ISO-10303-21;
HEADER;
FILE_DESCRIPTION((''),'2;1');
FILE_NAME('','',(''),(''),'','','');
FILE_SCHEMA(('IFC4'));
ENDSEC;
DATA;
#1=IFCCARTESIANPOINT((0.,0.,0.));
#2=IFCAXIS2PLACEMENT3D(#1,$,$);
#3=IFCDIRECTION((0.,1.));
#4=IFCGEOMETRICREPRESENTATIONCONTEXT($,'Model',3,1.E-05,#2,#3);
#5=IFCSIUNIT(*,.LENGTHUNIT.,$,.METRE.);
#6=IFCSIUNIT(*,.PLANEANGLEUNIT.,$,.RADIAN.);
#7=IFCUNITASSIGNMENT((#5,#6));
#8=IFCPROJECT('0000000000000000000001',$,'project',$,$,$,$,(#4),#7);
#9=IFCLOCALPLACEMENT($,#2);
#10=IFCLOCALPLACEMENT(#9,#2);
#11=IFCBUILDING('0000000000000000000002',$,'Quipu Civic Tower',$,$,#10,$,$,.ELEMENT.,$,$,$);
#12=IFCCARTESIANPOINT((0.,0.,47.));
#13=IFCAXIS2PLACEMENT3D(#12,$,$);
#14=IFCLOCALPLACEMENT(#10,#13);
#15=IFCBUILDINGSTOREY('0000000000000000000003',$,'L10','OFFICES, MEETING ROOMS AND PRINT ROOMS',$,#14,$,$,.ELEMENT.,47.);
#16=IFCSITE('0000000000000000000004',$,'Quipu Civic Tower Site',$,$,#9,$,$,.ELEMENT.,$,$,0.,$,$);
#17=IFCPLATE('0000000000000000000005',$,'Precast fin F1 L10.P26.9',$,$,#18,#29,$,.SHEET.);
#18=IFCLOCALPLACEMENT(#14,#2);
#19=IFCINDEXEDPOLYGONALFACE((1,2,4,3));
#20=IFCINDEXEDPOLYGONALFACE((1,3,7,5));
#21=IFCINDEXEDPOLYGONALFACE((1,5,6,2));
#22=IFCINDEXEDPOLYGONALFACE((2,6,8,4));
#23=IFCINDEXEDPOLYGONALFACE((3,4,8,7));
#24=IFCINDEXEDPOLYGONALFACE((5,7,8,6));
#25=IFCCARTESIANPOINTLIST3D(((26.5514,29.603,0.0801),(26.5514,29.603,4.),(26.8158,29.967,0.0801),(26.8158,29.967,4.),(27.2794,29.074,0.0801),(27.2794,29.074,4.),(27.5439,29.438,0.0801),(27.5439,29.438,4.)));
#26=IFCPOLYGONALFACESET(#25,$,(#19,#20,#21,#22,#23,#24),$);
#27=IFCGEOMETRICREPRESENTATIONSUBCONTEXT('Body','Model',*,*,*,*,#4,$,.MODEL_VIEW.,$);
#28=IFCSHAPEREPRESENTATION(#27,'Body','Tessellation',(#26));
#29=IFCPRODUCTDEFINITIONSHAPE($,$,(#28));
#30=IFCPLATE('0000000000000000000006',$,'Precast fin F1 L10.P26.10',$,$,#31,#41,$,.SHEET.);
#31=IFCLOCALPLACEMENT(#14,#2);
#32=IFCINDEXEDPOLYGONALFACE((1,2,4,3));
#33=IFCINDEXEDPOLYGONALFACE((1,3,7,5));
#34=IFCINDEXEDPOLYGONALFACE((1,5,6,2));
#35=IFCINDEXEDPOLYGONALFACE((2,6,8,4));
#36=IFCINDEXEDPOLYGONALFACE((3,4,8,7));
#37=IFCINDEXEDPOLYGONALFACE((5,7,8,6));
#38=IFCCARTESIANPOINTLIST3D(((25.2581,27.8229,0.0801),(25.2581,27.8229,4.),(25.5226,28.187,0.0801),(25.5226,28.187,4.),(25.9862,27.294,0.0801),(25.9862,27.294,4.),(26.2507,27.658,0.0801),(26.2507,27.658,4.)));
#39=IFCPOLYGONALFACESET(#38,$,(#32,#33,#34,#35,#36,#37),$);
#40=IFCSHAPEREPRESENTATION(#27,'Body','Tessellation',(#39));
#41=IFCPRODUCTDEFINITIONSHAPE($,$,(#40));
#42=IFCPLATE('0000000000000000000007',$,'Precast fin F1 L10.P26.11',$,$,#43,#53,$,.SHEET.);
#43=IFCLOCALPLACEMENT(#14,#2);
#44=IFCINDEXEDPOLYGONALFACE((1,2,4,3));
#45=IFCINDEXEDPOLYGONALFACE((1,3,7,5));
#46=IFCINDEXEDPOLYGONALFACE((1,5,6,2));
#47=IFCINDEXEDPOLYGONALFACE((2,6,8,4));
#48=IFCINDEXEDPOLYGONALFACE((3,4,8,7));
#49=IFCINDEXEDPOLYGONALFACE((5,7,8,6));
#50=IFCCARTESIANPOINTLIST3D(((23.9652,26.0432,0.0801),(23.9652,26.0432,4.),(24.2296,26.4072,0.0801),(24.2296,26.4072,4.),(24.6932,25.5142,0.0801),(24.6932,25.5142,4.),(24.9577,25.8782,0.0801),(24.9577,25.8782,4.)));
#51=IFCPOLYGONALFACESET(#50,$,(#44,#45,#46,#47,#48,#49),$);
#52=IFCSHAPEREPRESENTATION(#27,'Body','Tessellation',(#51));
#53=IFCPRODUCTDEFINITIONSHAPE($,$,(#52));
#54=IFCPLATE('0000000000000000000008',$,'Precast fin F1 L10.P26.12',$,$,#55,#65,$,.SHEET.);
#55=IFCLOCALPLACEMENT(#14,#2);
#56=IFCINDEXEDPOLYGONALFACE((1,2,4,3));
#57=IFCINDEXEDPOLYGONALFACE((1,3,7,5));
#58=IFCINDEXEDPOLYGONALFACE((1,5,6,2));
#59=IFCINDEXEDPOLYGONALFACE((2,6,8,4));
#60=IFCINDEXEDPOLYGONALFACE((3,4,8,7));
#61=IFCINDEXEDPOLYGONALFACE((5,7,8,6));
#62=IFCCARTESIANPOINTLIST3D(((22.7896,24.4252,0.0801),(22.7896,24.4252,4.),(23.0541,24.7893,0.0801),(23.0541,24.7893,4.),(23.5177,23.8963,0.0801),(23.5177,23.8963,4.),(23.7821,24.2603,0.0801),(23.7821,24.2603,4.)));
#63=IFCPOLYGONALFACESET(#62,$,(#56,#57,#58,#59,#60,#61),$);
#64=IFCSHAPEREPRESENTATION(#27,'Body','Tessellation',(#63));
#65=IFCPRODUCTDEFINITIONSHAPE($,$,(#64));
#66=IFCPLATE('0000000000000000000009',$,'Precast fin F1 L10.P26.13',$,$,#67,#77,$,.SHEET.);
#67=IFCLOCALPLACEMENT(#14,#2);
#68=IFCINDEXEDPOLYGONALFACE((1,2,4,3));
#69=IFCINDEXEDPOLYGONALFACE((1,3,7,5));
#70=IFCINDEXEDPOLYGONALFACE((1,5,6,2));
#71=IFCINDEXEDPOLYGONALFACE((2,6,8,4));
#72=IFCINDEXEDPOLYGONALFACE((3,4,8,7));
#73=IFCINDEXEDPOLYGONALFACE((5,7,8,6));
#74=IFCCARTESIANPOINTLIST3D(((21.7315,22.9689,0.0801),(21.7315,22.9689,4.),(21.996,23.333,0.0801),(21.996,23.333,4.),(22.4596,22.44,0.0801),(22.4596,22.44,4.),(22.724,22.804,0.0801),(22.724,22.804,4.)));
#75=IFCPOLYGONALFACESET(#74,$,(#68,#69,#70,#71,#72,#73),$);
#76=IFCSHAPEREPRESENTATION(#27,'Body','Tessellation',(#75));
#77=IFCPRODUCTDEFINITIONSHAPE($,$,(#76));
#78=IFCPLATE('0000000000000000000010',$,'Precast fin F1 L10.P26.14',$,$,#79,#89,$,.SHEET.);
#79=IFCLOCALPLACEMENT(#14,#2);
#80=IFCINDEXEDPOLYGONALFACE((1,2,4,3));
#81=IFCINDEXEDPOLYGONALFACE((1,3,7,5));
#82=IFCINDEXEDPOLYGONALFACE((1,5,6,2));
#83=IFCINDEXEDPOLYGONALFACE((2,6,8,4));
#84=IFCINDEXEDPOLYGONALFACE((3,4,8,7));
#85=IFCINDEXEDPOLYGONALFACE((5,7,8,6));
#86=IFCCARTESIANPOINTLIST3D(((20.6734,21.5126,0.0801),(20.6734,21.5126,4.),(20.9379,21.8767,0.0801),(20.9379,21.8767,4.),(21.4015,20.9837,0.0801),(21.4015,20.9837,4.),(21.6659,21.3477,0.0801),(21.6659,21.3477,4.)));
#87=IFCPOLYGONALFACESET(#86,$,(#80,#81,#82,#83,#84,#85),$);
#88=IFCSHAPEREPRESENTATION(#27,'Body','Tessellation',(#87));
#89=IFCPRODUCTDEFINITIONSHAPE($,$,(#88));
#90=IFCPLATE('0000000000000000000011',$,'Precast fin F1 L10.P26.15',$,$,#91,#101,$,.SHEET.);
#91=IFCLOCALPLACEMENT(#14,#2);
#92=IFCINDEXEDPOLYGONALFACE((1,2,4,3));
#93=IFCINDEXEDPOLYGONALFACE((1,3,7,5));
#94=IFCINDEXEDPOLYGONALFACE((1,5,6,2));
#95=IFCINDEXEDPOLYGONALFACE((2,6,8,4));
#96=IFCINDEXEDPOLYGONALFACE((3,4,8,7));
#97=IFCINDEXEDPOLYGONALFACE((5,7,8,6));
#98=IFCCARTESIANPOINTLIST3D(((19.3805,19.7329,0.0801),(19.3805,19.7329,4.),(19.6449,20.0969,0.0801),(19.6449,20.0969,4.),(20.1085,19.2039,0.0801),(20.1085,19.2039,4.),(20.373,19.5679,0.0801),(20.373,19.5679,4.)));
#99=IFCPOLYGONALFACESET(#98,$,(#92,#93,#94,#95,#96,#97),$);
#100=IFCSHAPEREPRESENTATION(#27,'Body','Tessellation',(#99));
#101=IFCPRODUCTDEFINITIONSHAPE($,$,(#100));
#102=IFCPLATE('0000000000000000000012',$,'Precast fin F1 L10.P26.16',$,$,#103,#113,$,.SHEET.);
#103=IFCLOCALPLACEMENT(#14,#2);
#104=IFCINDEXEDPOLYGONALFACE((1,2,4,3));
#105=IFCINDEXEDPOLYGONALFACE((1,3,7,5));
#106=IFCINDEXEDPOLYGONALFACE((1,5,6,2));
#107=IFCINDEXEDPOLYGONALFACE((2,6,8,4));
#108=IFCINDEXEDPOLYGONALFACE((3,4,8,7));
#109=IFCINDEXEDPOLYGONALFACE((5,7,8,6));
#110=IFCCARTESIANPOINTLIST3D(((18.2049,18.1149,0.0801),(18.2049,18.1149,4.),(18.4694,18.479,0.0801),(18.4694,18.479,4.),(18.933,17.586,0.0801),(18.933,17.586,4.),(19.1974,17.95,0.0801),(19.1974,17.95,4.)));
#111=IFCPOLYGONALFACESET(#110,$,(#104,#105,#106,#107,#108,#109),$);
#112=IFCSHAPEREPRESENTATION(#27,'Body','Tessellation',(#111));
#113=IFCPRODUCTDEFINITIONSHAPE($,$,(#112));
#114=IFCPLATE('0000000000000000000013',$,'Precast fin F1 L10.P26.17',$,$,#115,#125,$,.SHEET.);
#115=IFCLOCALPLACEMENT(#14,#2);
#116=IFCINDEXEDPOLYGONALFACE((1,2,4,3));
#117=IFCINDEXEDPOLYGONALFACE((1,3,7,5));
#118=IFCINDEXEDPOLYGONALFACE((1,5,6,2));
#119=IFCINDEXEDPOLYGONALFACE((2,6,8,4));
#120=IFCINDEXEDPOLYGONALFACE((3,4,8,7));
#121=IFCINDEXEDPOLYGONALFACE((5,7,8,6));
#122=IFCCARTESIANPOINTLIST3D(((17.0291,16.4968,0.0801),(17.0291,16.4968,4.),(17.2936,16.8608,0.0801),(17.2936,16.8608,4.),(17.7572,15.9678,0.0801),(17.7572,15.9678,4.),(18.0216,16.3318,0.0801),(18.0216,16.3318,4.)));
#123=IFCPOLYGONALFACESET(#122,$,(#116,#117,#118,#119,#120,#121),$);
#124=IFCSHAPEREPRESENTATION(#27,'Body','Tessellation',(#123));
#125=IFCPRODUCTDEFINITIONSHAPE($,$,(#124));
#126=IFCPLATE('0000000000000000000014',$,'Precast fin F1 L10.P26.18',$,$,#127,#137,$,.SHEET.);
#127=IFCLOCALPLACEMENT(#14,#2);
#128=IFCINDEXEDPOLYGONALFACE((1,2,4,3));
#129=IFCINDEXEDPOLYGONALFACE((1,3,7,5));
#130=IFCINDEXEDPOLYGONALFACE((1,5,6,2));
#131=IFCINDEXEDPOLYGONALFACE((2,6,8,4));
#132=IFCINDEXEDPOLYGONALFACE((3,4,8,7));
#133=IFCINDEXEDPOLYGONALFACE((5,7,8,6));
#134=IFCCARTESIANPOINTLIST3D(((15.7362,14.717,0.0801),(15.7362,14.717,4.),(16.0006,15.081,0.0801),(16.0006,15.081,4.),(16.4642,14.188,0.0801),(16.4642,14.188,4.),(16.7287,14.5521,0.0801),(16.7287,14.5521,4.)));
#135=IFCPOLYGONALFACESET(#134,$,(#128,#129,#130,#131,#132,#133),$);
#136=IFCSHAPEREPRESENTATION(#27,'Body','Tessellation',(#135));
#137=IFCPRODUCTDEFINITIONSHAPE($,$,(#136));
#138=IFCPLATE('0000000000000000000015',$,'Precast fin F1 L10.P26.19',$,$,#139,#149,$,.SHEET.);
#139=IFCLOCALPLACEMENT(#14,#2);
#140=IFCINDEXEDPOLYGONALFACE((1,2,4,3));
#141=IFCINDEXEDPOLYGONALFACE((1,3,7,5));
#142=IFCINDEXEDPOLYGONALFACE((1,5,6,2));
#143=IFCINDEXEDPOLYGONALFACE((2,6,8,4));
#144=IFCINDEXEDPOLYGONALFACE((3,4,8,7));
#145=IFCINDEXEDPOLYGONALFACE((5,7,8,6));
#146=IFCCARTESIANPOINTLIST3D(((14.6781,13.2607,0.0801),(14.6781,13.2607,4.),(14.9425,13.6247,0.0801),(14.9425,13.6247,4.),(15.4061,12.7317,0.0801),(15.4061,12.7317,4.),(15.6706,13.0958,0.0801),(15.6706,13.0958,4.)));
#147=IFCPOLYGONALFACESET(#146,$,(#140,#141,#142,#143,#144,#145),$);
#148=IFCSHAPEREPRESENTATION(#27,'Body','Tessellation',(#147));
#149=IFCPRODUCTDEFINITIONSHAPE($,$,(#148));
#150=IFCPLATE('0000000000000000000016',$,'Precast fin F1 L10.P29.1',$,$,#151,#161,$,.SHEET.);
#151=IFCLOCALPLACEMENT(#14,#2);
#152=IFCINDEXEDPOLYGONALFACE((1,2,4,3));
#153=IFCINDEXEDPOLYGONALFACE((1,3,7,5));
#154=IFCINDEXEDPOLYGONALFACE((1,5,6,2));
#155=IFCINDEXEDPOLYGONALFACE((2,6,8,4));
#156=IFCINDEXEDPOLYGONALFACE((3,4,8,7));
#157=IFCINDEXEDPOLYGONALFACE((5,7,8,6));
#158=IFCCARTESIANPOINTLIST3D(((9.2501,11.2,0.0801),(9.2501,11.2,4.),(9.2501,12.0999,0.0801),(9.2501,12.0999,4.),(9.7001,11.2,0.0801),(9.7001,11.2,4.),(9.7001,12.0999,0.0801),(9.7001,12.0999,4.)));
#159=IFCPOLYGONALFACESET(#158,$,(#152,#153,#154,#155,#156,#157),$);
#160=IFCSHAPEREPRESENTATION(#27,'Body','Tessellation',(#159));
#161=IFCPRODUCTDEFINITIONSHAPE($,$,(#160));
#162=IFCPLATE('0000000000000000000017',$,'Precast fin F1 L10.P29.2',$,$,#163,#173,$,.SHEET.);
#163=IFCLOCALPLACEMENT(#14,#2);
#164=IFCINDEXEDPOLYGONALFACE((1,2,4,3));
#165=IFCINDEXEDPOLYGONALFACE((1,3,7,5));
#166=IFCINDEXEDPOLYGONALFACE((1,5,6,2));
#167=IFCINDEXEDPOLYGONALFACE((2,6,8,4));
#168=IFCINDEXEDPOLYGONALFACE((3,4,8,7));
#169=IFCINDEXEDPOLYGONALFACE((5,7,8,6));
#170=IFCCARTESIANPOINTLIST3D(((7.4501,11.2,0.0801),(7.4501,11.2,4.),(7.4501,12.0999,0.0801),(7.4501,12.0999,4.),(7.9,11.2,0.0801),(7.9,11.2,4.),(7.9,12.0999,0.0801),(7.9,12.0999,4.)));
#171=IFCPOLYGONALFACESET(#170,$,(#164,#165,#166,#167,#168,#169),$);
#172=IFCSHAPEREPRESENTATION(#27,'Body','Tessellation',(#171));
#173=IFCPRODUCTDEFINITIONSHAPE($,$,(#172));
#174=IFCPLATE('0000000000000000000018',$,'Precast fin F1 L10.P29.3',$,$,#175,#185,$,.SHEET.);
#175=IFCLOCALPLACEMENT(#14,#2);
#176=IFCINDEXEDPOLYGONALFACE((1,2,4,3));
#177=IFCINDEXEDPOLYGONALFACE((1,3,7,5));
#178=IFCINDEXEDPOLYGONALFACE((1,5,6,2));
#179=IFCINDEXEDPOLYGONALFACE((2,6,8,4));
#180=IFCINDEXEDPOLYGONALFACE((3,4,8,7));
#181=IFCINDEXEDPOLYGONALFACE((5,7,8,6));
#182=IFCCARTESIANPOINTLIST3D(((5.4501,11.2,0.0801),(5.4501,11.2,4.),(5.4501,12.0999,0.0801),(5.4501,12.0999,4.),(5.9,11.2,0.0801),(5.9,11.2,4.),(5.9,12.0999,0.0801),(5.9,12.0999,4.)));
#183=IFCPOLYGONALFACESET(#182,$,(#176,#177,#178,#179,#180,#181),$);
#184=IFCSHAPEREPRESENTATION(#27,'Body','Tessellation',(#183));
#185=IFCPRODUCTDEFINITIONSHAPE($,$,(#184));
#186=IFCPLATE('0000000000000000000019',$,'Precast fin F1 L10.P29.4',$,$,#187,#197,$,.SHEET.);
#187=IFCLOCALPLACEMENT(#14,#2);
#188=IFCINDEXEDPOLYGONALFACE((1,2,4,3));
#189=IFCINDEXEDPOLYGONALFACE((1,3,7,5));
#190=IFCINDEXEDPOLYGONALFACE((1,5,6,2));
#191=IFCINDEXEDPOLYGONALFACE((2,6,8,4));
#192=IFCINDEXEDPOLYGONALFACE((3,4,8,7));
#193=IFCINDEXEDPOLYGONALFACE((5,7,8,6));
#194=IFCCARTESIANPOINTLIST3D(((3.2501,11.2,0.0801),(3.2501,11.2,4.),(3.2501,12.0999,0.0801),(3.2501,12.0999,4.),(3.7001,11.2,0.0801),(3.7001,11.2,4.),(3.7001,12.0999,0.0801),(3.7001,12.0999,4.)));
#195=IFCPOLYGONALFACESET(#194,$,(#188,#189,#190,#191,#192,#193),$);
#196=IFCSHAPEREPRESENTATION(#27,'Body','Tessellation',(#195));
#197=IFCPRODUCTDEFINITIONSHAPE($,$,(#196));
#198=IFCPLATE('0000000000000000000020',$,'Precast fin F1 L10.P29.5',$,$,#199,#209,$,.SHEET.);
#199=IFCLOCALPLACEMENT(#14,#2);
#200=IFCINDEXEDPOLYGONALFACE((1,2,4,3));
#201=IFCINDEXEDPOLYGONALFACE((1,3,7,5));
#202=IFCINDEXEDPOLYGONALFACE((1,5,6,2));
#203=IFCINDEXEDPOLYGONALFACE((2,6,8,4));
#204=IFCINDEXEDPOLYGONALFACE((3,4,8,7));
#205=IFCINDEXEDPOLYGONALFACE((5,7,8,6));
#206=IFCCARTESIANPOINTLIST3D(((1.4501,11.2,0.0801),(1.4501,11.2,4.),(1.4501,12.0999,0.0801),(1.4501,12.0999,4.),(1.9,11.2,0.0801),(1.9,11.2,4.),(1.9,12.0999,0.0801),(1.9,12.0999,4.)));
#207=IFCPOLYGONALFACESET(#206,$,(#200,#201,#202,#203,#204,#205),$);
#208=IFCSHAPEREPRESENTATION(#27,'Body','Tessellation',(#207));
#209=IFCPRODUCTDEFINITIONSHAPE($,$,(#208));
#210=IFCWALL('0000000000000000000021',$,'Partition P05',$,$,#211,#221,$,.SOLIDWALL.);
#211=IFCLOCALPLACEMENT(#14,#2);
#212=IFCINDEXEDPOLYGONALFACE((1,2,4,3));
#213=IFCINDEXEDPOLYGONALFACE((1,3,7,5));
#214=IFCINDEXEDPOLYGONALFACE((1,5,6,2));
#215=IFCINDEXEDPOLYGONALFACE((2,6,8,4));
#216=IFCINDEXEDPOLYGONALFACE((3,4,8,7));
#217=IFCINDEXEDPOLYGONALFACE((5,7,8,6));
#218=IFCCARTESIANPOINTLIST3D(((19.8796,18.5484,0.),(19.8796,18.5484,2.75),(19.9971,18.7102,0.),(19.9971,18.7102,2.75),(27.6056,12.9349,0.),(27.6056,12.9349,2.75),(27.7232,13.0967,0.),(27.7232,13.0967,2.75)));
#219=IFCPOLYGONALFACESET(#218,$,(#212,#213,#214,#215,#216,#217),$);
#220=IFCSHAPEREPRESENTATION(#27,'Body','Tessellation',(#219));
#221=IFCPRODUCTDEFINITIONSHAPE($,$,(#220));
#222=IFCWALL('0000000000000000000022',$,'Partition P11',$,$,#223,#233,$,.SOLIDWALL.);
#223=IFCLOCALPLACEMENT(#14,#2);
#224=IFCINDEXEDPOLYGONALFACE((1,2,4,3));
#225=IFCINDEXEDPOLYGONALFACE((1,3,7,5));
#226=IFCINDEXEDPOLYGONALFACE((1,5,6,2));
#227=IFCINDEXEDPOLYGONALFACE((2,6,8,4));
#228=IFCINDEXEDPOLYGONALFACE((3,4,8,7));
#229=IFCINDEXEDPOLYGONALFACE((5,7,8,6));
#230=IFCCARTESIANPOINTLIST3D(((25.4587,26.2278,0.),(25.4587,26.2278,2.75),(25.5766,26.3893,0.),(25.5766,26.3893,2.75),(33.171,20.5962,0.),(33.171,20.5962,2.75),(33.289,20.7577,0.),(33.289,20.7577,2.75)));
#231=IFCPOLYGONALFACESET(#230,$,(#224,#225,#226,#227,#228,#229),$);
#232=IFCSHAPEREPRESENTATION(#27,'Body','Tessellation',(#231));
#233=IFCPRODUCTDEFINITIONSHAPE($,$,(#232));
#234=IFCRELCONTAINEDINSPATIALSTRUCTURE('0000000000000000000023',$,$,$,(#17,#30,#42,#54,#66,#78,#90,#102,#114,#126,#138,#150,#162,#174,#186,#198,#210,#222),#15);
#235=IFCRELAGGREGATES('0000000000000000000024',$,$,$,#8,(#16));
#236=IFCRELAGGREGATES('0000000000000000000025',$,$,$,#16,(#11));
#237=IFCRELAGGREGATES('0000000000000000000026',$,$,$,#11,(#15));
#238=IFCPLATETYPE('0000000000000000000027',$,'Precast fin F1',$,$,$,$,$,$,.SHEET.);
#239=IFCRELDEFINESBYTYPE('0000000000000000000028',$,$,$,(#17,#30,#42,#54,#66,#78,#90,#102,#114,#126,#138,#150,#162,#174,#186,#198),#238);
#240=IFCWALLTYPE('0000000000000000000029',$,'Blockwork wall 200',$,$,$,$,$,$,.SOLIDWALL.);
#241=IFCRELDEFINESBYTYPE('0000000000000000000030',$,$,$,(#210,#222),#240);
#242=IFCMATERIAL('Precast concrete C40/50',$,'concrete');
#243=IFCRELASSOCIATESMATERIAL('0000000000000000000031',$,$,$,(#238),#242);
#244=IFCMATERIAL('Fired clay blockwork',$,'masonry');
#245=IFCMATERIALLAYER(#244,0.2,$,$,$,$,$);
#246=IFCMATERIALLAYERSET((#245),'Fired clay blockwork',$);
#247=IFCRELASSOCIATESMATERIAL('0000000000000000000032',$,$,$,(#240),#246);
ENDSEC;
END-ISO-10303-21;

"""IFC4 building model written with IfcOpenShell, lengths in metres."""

from ifc_helpers import new_model, si_unit, direction, frame, frame_2d, origin, origin_2d, place, context, subcontext, project, spatial, rectangle, extrude, material, layer, layer_set, type_object, element, save


model = new_model("IFC4")

# Units and contexts
model_context = context("Model", 3, precision=1e-05, world=origin(), true_north=direction((0.0, 1.0)))
body_context = subcontext(model_context, "Body", "Model", "MODEL_VIEW")
ifc_project = project(units=[si_unit("LENGTHUNIT", "METRE"), si_unit("PLANEANGLEUNIT", "RADIAN")], contexts=[model_context])

# Site, building, storey
site_placement = place(None, origin())
site = spatial("IfcSite", under=ifc_project, at=site_placement, Name="Quipu Civic Tower Site", CompositionType="ELEMENT", RefElevation=0.0)
building_placement = place(site_placement, origin())
building = spatial("IfcBuilding", under=site, at=building_placement, Name="Quipu Civic Tower", CompositionType="ELEMENT")
storey_placement = place(building_placement, frame((0.0, 0.0, 47.0)))
storey = spatial("IfcBuildingStorey", under=building, at=storey_placement, Name="L10", Description="OFFICES, MEETING ROOMS AND PRINT ROOMS", CompositionType="ELEMENT", Elevation=47.0)

# Plates
ifc_material_1 = material(Name="Precast concrete C40/50", Category="concrete")
plate_type_1 = type_object("IfcPlateType", Name="Precast fin F1", PredefinedType="SHEET", material=ifc_material_1)
for number, where, z_axis, x_axis, name in (
    (1, (27.0476, 29.5205, 0.0801), (0.0, 0.0, 1.0), (-0.587785, -0.809017, 0.0), "Precast fin F1 L10.P26.9"),
    (2, (25.7544, 27.7405, 0.0801), (0.0, 0.0, 1.0), (-0.587785, -0.809017, 0.0), "Precast fin F1 L10.P26.10"),
    (3, (24.4614, 25.9607, 0.0801), (0.0, 0.0, 1.0), (-0.587785, -0.809017, 0.0), "Precast fin F1 L10.P26.11"),
    (4, (23.2859, 24.3428, 0.0801), (0.0, 0.0, 1.0), (-0.587785, -0.809017, 0.0), "Precast fin F1 L10.P26.12"),
    (5, (22.2278, 22.8865, 0.0801), (0.0, 0.0, 1.0), (-0.587785, -0.809017, 0.0), "Precast fin F1 L10.P26.13"),
    (6, (21.1697, 21.4302, 0.0801), (0.0, 0.0, 1.0), (-0.587785, -0.809017, 0.0), "Precast fin F1 L10.P26.14"),
    (7, (19.8767, 19.6504, 0.0801), (0.0, 0.0, 1.0), (-0.587785, -0.809017, 0.0), "Precast fin F1 L10.P26.15"),
    (8, (18.7012, 18.0325, 0.0801), (0.0, 0.0, 1.0), (-0.587785, -0.809017, 0.0), "Precast fin F1 L10.P26.16"),
    (9, (17.5254, 16.4143, 0.0801), (0.0, 0.0, 1.0), (-0.587785, -0.809017, 0.0), "Precast fin F1 L10.P26.17"),
    (10, (16.2324, 14.6345, 0.0801), (0.0, 0.0, 1.0), (-0.587785, -0.809017, 0.0), "Precast fin F1 L10.P26.18"),
    (11, (15.1743, 13.1782, 0.0801), (0.0, 0.0, 1.0), (-0.587785, -0.809017, 0.0), "Precast fin F1 L10.P26.19"),
    (12, (9.4751, 11.6499, 0.0801), (0.0, 0.0, 1.0), (-1.0, 0.0, 0.0), "Precast fin F1 L10.P29.1"),
    (13, (7.675, 11.6499, 0.0801), (0.0, 0.0, 1.0), (-1.0, 0.0, 0.0), "Precast fin F1 L10.P29.2"),
    (14, (5.675, 11.6499, 0.0801), (0.0, 0.0, 1.0), (-1.0, 0.0, 0.0), "Precast fin F1 L10.P29.3"),
    (15, (3.4751, 11.6499, 0.0801), (0.0, 0.0, 1.0), (-1.0, 0.0, 0.0), "Precast fin F1 L10.P29.4"),
    (16, (1.675, 11.6499, 0.0801), (0.0, 0.0, 1.0), (-1.0, 0.0, 0.0), "Precast fin F1 L10.P29.5"),
):
    element("IfcPlate", number, at=place(storey_placement, frame(where, z_axis=z_axis, x_axis=x_axis)), inside=storey, type_object=plate_type_1, Name=name, PredefinedType="SHEET", context=body_context, shape_type="SweptSolid", body=[
        extrude(rectangle(XDim=0.45, YDim=0.8999, at=origin_2d()), origin(), (0.0, 0.0, 1.0), 3.9199),
    ])

# Walls
ifc_material_2 = material(Name="Fired clay blockwork", Category="masonry")
ifc_layer_1 = layer(ifc_material_2, 0.2)
ifc_layer_set_1 = layer_set([ifc_layer_1], Name="Fired clay blockwork")
wall_type = type_object("IfcWallType", Name="Blockwork wall 200", PredefinedType="SOLIDWALL", material=ifc_layer_set_1)
wall_1_placement = place(storey_placement, frame((27.6643, 13.0159, 0.0), z_axis=(0.0, 0.0, 1.0), x_axis=(-0.809007, 0.587799, 0.0)))
element("IfcWall", 17, at=wall_1_placement, inside=storey, type_object=wall_type, Name="Partition P05", PredefinedType="SOLIDWALL", context=body_context, shape_type="SweptSolid", body=[
    extrude(rectangle(XDim=9.55, YDim=0.2, at=frame_2d((4.7749, 0.0))), origin(), (0.0, 0.0, 1.0), 2.75),
])
wall_2_placement = place(storey_placement, frame((25.5176, 26.3086, 0.0), z_axis=(0.0, 0.0, 1.0), x_axis=(0.80761, -0.589717, 0.0)))
element("IfcWall", 18, at=wall_2_placement, inside=storey, type_object=wall_type, Name="Partition P11", PredefinedType="SOLIDWALL", context=body_context, shape_type="SweptSolid", body=[
    extrude(rectangle(XDim=9.5496, YDim=0.2, at=frame_2d((4.7749, 0.0))), origin(), (0.0, 0.0, 1.0), 2.75),
])

save(model, "model.ifc")
